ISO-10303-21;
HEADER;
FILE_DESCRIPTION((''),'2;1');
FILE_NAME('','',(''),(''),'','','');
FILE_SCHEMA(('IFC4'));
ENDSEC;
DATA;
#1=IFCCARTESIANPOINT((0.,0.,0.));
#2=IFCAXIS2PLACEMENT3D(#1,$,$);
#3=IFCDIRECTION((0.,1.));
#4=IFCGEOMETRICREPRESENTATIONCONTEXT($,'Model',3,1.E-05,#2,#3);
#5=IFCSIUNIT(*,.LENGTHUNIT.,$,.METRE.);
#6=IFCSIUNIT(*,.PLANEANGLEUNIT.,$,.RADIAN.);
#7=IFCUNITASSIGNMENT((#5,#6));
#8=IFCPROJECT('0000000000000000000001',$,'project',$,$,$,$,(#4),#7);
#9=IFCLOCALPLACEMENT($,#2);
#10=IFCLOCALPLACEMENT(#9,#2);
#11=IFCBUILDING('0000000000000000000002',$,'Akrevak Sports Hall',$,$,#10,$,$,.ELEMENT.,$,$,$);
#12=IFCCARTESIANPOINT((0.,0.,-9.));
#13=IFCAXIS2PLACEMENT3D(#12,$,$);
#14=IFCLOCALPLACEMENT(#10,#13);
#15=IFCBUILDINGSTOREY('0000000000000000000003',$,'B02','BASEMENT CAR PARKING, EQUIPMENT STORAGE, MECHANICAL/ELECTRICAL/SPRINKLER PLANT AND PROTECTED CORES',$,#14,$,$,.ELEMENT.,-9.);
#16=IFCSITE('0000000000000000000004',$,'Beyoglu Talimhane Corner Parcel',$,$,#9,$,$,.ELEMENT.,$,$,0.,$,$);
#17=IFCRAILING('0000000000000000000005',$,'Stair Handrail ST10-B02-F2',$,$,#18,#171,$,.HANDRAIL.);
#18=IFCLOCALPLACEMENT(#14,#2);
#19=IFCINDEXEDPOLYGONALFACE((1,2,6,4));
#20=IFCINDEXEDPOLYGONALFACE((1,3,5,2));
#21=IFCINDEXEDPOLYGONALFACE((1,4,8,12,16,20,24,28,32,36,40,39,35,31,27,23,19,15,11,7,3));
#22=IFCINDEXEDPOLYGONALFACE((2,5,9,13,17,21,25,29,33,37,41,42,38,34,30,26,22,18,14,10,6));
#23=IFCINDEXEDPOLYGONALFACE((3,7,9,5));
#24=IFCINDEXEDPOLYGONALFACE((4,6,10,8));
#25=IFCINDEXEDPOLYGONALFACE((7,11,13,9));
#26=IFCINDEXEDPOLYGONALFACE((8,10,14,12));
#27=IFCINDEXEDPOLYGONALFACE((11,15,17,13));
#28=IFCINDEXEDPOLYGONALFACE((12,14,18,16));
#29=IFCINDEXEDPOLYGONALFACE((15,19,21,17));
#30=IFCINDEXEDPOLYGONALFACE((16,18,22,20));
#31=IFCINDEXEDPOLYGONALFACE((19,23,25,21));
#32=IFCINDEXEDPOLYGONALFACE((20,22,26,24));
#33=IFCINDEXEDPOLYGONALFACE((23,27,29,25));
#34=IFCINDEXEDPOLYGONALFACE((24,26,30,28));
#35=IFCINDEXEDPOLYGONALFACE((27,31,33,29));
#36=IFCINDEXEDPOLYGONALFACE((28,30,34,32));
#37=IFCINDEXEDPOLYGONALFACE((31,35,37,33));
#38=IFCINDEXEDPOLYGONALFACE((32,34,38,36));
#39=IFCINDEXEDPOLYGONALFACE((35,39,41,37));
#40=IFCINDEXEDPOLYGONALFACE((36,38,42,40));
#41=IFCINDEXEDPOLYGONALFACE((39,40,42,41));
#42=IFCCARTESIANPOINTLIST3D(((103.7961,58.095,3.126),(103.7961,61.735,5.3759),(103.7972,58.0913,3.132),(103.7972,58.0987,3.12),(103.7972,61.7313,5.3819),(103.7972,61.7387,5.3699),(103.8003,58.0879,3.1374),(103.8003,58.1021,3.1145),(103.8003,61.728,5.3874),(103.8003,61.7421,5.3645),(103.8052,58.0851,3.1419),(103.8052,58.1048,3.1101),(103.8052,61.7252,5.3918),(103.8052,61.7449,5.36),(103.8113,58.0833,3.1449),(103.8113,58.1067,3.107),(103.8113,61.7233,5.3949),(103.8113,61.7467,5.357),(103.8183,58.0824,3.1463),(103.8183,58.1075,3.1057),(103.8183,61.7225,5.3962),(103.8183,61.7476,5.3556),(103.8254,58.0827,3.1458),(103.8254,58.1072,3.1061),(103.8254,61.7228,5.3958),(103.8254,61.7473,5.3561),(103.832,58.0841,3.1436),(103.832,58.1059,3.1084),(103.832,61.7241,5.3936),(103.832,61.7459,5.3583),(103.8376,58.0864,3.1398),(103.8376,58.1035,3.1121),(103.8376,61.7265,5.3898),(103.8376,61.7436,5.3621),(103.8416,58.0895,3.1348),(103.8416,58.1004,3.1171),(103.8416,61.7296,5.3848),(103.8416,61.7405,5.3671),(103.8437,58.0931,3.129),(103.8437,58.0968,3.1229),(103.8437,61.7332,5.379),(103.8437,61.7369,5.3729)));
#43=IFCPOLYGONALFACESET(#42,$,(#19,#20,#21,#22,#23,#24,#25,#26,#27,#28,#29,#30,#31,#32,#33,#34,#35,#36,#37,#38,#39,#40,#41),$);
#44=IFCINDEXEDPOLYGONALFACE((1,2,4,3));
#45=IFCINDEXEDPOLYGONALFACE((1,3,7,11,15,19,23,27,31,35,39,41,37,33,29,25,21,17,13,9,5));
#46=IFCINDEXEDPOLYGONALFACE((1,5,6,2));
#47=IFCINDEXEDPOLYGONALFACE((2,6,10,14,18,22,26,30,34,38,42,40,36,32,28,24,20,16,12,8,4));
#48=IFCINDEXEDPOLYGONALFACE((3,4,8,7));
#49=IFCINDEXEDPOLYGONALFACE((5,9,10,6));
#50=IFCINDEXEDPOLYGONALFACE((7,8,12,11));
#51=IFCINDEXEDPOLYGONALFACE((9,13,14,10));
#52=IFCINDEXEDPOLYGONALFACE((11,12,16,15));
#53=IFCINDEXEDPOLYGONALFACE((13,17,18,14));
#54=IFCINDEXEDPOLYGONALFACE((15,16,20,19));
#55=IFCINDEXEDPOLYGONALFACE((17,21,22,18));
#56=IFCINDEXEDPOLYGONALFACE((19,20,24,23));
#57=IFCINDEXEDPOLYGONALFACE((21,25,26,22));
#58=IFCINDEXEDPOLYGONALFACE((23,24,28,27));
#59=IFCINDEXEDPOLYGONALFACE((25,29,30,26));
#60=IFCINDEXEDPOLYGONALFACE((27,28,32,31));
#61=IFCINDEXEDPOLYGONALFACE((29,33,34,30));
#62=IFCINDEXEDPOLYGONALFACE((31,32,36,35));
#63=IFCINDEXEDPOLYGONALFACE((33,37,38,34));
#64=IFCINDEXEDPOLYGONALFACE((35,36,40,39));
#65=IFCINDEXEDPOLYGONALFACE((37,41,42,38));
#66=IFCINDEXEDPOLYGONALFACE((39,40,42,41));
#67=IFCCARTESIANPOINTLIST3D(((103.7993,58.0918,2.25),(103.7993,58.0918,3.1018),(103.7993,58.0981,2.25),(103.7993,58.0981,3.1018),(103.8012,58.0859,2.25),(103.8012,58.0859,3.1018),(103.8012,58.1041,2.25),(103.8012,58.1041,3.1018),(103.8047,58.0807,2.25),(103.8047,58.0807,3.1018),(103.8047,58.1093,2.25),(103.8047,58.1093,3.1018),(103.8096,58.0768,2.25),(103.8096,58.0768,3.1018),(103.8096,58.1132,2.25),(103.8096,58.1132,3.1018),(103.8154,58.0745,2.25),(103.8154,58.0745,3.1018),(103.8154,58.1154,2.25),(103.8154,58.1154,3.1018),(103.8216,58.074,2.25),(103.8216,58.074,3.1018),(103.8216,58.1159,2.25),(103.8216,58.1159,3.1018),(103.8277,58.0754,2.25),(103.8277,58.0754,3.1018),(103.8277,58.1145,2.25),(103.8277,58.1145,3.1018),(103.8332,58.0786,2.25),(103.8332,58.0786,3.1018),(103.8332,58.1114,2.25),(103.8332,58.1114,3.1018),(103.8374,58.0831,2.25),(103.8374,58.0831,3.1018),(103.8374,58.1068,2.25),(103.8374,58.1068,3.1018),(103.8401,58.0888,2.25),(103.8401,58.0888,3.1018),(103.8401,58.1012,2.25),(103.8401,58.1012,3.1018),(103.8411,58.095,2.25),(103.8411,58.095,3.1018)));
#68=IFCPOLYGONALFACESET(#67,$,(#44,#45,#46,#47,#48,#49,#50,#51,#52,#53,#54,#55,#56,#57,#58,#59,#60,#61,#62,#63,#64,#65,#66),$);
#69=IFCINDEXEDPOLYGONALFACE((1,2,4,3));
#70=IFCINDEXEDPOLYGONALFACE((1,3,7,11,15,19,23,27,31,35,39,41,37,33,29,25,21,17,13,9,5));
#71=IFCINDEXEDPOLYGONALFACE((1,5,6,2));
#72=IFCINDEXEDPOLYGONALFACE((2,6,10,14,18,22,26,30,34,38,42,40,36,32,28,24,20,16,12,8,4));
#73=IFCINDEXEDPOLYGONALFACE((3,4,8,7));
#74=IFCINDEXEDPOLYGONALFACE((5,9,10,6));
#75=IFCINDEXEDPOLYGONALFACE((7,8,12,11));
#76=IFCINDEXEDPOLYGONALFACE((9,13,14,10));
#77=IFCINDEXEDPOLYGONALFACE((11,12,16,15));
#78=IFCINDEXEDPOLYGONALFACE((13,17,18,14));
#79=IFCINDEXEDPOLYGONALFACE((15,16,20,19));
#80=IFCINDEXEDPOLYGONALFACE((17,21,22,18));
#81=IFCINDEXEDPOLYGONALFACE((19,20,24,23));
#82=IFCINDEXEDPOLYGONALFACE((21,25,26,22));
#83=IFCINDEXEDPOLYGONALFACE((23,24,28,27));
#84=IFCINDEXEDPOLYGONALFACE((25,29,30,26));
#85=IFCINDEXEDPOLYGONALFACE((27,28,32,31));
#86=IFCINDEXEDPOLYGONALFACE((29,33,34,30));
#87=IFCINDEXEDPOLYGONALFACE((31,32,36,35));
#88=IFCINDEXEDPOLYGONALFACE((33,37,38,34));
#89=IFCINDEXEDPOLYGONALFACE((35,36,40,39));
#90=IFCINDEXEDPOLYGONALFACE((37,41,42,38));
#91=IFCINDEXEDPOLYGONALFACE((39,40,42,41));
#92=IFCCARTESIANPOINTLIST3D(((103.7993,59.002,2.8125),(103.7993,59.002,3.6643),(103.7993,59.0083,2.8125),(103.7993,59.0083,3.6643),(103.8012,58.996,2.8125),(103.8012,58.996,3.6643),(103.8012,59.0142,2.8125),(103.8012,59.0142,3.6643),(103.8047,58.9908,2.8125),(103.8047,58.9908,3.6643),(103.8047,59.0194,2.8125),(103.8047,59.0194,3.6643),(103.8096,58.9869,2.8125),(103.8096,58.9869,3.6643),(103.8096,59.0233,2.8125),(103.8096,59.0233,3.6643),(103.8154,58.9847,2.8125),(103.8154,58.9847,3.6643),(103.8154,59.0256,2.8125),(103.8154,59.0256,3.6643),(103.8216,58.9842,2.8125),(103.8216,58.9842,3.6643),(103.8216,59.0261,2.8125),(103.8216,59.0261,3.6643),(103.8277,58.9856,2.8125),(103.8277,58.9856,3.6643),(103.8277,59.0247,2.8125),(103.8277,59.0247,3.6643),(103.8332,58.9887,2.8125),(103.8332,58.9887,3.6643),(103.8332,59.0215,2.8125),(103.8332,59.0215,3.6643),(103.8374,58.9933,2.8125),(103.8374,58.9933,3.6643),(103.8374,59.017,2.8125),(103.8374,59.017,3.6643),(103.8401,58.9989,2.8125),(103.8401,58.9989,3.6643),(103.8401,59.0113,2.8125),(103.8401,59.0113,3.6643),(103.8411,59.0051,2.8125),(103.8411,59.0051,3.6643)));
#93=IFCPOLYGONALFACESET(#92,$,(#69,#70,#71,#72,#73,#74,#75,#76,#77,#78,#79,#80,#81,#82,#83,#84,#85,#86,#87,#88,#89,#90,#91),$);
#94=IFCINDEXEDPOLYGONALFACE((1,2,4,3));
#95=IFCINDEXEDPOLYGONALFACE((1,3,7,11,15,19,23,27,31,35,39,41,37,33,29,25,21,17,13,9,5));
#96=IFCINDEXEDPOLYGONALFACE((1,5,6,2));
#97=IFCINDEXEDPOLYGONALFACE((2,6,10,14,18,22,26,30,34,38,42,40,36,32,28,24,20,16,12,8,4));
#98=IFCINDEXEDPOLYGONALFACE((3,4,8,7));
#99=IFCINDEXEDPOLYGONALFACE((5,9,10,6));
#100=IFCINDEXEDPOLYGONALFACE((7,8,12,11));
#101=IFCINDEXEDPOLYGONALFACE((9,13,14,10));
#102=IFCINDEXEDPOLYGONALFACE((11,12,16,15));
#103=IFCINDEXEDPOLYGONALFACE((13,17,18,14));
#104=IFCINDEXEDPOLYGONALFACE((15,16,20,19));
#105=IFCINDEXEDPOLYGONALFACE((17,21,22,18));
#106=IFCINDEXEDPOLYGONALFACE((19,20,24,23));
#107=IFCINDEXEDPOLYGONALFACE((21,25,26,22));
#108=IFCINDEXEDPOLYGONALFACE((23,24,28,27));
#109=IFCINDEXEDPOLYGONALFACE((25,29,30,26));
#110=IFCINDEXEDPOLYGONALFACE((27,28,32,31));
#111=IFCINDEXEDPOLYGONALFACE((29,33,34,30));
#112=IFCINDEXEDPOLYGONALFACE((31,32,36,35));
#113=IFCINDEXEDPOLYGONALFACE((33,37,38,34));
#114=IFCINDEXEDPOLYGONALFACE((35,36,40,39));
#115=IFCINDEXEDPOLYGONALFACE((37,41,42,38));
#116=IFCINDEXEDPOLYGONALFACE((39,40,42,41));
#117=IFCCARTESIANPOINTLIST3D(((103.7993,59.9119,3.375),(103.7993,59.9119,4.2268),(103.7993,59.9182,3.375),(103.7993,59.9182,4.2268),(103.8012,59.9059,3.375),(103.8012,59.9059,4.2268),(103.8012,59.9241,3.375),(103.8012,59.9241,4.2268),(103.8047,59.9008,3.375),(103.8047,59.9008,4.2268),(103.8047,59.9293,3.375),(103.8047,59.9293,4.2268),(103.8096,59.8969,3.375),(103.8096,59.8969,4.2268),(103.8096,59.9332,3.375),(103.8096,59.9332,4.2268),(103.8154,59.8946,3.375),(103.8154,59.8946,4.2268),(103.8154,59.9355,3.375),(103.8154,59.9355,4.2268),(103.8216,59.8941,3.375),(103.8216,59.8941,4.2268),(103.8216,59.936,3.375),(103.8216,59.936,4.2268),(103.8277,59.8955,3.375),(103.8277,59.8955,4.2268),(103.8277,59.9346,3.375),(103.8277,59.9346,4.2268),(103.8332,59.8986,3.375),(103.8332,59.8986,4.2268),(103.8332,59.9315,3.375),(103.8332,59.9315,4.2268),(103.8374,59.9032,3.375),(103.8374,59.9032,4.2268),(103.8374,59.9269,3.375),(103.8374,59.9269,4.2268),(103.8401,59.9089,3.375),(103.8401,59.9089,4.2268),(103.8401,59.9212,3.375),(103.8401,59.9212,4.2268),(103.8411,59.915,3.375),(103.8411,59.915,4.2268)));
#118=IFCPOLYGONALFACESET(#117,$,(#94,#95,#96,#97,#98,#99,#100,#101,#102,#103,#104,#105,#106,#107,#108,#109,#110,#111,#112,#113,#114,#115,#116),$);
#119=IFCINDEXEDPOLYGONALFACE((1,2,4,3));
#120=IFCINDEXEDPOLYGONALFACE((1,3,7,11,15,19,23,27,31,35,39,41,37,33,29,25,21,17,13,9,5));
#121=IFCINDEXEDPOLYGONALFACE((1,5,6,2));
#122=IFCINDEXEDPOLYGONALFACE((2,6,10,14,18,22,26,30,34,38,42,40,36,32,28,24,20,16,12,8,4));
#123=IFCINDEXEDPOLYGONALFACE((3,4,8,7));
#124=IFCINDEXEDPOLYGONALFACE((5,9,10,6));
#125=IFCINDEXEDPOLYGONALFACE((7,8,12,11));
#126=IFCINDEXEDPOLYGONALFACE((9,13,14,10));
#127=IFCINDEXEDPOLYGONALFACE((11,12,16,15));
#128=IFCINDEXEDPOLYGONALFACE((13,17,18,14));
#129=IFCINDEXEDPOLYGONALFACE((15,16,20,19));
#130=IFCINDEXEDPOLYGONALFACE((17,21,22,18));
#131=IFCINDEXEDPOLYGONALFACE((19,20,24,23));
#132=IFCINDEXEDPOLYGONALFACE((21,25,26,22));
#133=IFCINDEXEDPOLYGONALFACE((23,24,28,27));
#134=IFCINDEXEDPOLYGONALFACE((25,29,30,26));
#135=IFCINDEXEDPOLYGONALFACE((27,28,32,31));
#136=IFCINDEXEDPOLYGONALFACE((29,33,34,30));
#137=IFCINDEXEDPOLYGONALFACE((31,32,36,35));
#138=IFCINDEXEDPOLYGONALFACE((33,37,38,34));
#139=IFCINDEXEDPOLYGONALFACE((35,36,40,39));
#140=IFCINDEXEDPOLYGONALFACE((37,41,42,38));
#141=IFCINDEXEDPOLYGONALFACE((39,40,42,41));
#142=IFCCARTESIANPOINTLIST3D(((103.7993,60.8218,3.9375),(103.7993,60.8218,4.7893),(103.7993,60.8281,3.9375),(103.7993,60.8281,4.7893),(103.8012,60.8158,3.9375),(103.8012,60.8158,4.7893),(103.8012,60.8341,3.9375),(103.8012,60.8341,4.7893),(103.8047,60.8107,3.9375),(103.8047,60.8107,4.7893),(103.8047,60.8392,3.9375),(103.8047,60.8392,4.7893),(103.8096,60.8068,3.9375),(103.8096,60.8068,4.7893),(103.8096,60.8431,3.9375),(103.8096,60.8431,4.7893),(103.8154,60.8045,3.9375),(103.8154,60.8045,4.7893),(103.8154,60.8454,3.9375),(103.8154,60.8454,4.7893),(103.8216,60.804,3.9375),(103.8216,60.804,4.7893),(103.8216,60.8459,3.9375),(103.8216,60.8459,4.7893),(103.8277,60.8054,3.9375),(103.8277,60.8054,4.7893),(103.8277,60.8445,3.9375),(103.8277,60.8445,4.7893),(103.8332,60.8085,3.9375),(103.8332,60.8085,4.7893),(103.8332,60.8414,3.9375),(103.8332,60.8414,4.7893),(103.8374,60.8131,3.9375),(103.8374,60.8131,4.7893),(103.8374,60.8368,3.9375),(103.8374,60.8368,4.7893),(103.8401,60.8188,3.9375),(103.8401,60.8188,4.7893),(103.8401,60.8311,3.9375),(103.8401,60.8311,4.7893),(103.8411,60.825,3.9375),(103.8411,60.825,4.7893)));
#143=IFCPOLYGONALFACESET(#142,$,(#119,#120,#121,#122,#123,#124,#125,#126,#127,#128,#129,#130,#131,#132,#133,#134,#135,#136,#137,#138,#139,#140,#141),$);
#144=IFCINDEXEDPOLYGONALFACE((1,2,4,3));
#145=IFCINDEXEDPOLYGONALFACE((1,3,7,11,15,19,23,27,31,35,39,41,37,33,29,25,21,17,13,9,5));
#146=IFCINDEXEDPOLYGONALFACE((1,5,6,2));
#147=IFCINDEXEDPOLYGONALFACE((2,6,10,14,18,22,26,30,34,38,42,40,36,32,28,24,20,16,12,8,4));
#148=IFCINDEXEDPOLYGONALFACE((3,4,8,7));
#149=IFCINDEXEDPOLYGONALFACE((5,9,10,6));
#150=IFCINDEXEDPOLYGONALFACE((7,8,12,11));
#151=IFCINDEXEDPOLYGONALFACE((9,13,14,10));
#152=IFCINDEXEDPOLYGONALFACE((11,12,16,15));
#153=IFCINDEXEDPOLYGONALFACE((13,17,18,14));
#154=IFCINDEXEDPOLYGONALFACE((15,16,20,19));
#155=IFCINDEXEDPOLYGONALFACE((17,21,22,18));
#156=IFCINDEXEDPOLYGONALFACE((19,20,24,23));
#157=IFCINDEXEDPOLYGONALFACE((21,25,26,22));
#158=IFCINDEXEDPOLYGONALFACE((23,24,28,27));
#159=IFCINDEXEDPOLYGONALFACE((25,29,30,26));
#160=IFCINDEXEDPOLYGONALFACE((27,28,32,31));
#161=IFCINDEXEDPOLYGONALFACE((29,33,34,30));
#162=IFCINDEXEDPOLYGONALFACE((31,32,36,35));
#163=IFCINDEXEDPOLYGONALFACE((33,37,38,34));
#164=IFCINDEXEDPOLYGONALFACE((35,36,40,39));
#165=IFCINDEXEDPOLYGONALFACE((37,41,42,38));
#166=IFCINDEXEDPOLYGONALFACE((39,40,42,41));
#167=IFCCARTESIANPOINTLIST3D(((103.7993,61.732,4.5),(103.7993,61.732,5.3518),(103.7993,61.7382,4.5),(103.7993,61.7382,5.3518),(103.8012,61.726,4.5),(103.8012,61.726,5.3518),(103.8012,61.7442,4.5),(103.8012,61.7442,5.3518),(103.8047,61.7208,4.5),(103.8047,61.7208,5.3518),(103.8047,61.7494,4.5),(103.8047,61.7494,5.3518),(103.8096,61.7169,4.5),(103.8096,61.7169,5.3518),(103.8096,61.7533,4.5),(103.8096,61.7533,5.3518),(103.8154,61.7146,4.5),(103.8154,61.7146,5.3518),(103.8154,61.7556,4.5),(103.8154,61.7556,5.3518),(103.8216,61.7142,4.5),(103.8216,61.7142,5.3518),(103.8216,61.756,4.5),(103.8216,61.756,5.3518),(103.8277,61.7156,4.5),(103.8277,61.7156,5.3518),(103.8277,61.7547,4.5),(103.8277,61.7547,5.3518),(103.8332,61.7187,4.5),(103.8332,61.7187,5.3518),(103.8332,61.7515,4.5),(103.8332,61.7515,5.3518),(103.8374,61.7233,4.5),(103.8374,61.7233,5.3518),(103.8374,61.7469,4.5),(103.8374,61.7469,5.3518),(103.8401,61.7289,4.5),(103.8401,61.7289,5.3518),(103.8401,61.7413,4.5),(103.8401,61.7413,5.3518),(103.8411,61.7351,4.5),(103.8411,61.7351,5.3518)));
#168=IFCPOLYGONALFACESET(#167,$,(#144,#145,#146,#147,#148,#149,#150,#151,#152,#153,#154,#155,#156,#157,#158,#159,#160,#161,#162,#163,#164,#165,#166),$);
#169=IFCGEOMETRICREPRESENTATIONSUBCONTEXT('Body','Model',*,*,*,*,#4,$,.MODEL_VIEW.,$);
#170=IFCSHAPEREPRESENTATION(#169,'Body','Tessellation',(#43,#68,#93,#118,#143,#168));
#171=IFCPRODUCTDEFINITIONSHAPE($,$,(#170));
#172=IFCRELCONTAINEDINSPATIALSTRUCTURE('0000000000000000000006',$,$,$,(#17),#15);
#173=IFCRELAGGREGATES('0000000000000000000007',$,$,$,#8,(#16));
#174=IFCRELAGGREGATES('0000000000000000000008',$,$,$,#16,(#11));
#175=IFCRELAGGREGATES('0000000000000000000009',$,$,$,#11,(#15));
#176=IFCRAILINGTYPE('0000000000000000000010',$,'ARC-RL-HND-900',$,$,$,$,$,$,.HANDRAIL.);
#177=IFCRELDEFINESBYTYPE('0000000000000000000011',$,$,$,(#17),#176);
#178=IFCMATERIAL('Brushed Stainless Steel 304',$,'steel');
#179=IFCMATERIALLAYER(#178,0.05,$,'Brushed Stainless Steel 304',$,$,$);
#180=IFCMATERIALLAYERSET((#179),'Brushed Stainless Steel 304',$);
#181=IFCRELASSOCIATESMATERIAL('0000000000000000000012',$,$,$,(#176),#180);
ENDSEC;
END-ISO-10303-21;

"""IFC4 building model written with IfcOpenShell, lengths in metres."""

from ifc_helpers import new_model, si_unit, direction, frame, origin, origin_2d, place, context, subcontext, project, spatial, circle, extrude, material, layer, layer_set, type_object, element, save


model = new_model("IFC4")

# Units and contexts
model_context = context("Model", 3, precision=1e-05, world=origin(), true_north=direction((0.0, 1.0)))
body_context = subcontext(model_context, "Body", "Model", "MODEL_VIEW")
ifc_project = project(units=[si_unit("LENGTHUNIT", "METRE"), si_unit("PLANEANGLEUNIT", "RADIAN")], contexts=[model_context])

# Site, building, storey
site_placement = place(None, origin())
site = spatial("IfcSite", under=ifc_project, at=site_placement, Name="Beyoglu Talimhane Corner Parcel", CompositionType="ELEMENT", RefElevation=0.0)
building_placement = place(site_placement, origin())
building = spatial("IfcBuilding", under=site, at=building_placement, Name="Akrevak Sports Hall", CompositionType="ELEMENT")
storey_placement = place(building_placement, frame((0.0, 0.0, -9.0)))
storey = spatial("IfcBuildingStorey", under=building, at=storey_placement, Name="B02", Description="BASEMENT CAR PARKING, EQUIPMENT STORAGE, MECHANICAL/ELECTRICAL/SPRINKLER PLANT AND PROTECTED CORES", CompositionType="ELEMENT", Elevation=-9.0)

# Railing
ifc_material_1 = material(Name="Brushed Stainless Steel 304", Category="steel")
ifc_layer_1 = layer(ifc_material_1, 0.05, Name="Brushed Stainless Steel 304")
ifc_layer_set_1 = layer_set([ifc_layer_1], Name="Brushed Stainless Steel 304")
railing_type_1 = type_object("IfcRailingType", Name="ARC-RL-HND-900", PredefinedType="HANDRAIL", material=ifc_layer_set_1)
railing_1_placement = place(storey_placement, frame((103.8201, 58.095, 2.25)))
element("IfcRailing", 1, at=railing_1_placement, inside=storey, type_object=railing_type_1, Name="Stair Handrail ST10-B02-F2", PredefinedType="HANDRAIL", context=body_context, shape_type="SweptSolid", body=[
    extrude(circle(Radius=0.0239, at=origin_2d()), frame((0.0, 0.0, 0.876), z_axis=(0.0, 0.850622, 0.525777), x_axis=(-1.0, 0.0, 0.0)), (0.0, 0.0, 1.0), 4.2793),
    extrude(circle(Radius=0.021, at=origin_2d()), origin(), (0.0, 0.0, 1.0), 0.8518),
    extrude(circle(Radius=0.021, at=origin_2d()), frame((0.0, 0.9102, 0.5625)), (0.0, 0.0, 1.0), 0.8518),
    extrude(circle(Radius=0.021, at=origin_2d()), frame((0.0, 1.8201, 1.125)), (0.0, 0.0, 1.0), 0.8518),
    extrude(circle(Radius=0.021, at=origin_2d()), frame((0.0, 2.73, 1.6875)), (0.0, 0.0, 1.0), 0.8518),
    extrude(circle(Radius=0.021, at=origin_2d()), frame((0.0, 3.6401, 2.25)), (0.0, 0.0, 1.0), 0.8518),
])

save(model, "model.ifc")
